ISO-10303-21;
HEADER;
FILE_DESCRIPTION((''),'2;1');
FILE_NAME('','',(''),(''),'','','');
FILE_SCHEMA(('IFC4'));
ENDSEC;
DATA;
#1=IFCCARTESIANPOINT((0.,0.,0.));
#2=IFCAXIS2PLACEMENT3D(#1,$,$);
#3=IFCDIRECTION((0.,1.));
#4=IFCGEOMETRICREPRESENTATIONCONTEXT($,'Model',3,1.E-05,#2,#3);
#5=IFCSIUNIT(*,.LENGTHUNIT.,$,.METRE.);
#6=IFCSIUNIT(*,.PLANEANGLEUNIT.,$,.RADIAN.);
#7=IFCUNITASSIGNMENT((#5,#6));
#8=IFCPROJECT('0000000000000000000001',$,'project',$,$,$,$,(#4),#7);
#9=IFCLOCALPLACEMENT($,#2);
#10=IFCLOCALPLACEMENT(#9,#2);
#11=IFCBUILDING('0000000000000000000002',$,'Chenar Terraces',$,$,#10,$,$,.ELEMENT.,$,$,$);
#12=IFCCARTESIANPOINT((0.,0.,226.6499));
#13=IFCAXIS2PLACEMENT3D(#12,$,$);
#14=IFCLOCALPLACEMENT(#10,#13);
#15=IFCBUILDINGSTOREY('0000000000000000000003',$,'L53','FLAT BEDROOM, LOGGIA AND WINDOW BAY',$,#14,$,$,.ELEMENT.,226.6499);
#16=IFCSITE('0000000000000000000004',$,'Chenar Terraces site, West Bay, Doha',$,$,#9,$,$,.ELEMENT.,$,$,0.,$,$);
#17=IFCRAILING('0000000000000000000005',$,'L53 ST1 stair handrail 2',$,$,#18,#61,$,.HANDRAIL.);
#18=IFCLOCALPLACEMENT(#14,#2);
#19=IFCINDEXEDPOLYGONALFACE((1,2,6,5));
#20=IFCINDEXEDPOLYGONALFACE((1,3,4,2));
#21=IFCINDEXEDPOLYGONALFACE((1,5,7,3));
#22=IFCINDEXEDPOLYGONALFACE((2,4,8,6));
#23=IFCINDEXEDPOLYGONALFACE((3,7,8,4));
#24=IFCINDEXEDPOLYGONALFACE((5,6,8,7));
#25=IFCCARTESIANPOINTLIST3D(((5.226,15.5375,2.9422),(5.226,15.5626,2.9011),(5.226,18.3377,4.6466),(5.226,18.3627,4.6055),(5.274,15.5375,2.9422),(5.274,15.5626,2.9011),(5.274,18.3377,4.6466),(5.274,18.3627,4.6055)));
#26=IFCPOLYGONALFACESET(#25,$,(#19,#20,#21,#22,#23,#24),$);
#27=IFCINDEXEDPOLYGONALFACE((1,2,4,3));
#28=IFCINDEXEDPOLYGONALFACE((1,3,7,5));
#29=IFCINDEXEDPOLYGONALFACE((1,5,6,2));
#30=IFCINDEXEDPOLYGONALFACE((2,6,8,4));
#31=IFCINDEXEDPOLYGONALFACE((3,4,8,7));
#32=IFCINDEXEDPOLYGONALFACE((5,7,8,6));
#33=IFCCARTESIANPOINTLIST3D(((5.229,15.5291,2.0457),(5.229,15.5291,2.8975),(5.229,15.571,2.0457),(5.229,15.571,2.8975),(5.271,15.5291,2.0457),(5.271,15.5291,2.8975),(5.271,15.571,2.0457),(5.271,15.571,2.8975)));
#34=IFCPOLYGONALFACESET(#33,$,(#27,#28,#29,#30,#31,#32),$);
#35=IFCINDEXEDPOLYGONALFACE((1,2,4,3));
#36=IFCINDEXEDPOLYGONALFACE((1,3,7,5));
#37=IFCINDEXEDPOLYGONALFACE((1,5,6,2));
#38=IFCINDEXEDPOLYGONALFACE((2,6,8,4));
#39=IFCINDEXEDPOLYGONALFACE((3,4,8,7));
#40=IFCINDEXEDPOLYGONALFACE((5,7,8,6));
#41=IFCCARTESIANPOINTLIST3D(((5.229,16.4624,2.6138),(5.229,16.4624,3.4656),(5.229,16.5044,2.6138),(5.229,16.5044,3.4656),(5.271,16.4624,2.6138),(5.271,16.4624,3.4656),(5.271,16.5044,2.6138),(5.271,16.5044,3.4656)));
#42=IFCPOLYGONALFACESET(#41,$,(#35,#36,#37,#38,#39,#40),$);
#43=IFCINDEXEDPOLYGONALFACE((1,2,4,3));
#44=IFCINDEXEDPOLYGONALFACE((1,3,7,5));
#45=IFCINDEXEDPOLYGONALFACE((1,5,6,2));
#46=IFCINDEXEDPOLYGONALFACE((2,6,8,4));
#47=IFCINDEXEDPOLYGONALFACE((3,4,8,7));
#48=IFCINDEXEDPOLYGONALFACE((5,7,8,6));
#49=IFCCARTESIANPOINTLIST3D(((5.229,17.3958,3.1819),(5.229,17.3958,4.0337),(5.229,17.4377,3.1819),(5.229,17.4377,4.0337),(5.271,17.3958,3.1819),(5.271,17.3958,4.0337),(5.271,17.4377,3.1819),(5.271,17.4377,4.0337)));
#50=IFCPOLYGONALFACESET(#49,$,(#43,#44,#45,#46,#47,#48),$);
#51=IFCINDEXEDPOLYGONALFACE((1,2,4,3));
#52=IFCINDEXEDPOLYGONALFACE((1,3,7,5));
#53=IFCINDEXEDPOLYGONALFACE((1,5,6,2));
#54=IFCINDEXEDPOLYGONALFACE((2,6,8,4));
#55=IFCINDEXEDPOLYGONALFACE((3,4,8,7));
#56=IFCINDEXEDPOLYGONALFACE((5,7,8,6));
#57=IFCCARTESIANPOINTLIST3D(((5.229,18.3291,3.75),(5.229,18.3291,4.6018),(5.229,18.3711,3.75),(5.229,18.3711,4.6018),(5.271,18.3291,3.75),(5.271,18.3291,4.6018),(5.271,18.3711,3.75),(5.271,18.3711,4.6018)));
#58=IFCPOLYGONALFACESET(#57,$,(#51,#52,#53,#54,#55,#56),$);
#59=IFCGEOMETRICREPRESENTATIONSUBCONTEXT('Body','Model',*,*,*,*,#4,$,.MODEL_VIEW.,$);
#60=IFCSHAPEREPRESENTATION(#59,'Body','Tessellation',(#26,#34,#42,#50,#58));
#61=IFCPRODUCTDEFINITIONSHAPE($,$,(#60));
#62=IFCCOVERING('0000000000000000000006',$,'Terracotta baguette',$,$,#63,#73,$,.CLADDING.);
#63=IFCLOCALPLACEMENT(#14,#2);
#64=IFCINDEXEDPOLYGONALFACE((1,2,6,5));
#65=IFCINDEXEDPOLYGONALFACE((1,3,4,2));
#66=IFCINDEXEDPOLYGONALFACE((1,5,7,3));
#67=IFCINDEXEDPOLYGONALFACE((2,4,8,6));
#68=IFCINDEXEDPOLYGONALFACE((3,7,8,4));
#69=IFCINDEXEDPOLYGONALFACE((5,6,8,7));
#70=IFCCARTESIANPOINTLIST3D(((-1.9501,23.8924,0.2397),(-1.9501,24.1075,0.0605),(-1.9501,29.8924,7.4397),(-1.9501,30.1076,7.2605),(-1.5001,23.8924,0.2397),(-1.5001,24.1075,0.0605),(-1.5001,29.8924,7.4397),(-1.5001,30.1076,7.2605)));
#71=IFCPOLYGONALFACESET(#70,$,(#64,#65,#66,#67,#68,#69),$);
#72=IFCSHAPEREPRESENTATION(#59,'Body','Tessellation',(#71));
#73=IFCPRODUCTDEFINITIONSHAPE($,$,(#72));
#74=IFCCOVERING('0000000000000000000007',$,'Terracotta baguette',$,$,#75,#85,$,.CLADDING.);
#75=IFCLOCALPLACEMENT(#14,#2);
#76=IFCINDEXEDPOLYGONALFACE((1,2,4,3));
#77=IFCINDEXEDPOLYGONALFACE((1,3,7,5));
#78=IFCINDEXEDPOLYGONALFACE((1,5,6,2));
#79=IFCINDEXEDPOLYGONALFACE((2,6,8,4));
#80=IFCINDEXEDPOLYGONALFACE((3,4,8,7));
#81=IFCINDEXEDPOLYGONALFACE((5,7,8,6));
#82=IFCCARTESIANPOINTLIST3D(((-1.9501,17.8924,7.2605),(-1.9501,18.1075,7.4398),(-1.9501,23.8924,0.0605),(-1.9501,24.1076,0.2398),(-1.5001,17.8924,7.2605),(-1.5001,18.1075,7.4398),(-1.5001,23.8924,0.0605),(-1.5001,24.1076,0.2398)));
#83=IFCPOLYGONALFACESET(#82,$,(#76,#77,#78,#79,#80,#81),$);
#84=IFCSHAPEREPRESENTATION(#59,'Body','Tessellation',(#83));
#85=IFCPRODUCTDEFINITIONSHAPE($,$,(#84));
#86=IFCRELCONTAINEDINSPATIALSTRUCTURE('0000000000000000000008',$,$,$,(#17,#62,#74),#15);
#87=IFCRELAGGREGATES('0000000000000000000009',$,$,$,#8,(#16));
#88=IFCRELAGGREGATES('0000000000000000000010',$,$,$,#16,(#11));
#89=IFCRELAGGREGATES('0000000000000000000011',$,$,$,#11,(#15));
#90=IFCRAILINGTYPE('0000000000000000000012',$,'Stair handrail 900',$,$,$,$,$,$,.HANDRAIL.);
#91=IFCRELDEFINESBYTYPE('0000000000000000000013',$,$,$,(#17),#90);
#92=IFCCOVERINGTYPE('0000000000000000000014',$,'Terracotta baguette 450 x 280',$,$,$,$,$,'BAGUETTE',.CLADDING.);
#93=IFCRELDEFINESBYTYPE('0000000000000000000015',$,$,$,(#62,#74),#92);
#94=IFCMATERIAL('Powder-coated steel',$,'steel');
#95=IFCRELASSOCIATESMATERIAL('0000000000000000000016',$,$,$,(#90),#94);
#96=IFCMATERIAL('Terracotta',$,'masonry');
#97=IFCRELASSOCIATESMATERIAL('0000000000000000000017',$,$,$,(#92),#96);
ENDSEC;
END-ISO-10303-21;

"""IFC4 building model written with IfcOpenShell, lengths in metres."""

from ifc_helpers import new_model, si_unit, direction, frame, origin, origin_2d, place, context, subcontext, project, spatial, rectangle, extrude, material, material_profile, profile_set, type_object, element, save


model = new_model("IFC4")

# Units and contexts
model_context = context("Model", 3, precision=1e-05, world=origin(), true_north=direction((0.0, 1.0)))
body_context = subcontext(model_context, "Body", "Model", "MODEL_VIEW")
ifc_project = project(units=[si_unit("LENGTHUNIT", "METRE"), si_unit("PLANEANGLEUNIT", "RADIAN")], contexts=[model_context])

# Site, building, storey
site_placement = place(None, origin())
site = spatial("IfcSite", under=ifc_project, at=site_placement, Name="Chenar Terraces site, West Bay, Doha", CompositionType="ELEMENT", RefElevation=0.0)
building_placement = place(site_placement, origin())
building = spatial("IfcBuilding", under=site, at=building_placement, Name="Chenar Terraces", CompositionType="ELEMENT")
storey_placement = place(building_placement, frame((0.0, 0.0, 226.6499)))
storey = spatial("IfcBuildingStorey", under=building, at=storey_placement, Name="L53", Description="FLAT BEDROOM, LOGGIA AND WINDOW BAY", CompositionType="ELEMENT", Elevation=226.6499)

# Railing
ifc_material_1 = material(Name="Powder-coated steel", Category="steel")
railing_type_1 = type_object("IfcRailingType", Name="Stair handrail 900", PredefinedType="HANDRAIL", material=ifc_material_1)
railing_1_placement = place(storey_placement, frame((5.25, 15.55, 2.0457)))
element("IfcRailing", 1, at=railing_1_placement, inside=storey, type_object=railing_type_1, Name="L53 ST1 stair handrail 2", PredefinedType="HANDRAIL", context=body_context, shape_type="SweptSolid", body=[
    extrude(rectangle(XDim=0.0481, YDim=0.0481, at=origin_2d()), frame((0.0, 0.0, 0.876), z_axis=(0.0, 0.854203, 0.51994), x_axis=(-1.0, 0.0, 0.0)), (0.0, 0.0, 1.0), 3.2781),
    extrude(rectangle(XDim=0.042, YDim=0.042, at=origin_2d()), origin(), (0.0, 0.0, 1.0), 0.8518),
    extrude(rectangle(XDim=0.042, YDim=0.042, at=origin_2d()), frame((0.0, 0.9333, 0.5681)), (0.0, 0.0, 1.0), 0.8518),
    extrude(rectangle(XDim=0.042, YDim=0.042, at=origin_2d()), frame((0.0, 1.8667, 1.1362)), (0.0, 0.0, 1.0), 0.8518),
    extrude(rectangle(XDim=0.042, YDim=0.042, at=origin_2d()), frame((0.0, 2.8, 1.7043)), (0.0, 0.0, 1.0), 0.8518),
])

# Coverings
ifc_material_2 = material(Name="Terracotta", Category="masonry")
ifc_material_profile_1 = material_profile(ifc_material_2, rectangle(XDim=0.45, YDim=0.28, at=origin_2d()), Name="Terracotta baguette 450 x 280")
ifc_profile_set_1 = profile_set([ifc_material_profile_1], Name="Terracotta")
covering_type = type_object("IfcCoveringType", Name="Terracotta baguette 450 x 280", ElementType="BAGUETTE", PredefinedType="CLADDING", material=ifc_profile_set_1)
for number, where, z_axis, x_axis, name in (
    (2, (-1.7251, 30.0, 7.3501), (0.0, -0.640187, -0.768219), (1.0, 0.0, 0.0), "Terracotta baguette"),
    (3, (-1.7251, 24.0, 0.1501), (0.0, -0.640187, 0.768219), (1.0, 0.0, 0.0), "Terracotta baguette"),
):
    element("IfcCovering", number, at=place(storey_placement, frame(where, z_axis=z_axis, x_axis=x_axis)), inside=storey, type_object=covering_type, Name=name, PredefinedType="CLADDING", context=body_context, shape_type="SweptSolid", body=[
        extrude(rectangle(XDim=0.45, YDim=0.28, at=origin_2d()), origin(), (0.0, 0.0, 1.0), 9.3723),
    ])

save(model, "model.ifc")
